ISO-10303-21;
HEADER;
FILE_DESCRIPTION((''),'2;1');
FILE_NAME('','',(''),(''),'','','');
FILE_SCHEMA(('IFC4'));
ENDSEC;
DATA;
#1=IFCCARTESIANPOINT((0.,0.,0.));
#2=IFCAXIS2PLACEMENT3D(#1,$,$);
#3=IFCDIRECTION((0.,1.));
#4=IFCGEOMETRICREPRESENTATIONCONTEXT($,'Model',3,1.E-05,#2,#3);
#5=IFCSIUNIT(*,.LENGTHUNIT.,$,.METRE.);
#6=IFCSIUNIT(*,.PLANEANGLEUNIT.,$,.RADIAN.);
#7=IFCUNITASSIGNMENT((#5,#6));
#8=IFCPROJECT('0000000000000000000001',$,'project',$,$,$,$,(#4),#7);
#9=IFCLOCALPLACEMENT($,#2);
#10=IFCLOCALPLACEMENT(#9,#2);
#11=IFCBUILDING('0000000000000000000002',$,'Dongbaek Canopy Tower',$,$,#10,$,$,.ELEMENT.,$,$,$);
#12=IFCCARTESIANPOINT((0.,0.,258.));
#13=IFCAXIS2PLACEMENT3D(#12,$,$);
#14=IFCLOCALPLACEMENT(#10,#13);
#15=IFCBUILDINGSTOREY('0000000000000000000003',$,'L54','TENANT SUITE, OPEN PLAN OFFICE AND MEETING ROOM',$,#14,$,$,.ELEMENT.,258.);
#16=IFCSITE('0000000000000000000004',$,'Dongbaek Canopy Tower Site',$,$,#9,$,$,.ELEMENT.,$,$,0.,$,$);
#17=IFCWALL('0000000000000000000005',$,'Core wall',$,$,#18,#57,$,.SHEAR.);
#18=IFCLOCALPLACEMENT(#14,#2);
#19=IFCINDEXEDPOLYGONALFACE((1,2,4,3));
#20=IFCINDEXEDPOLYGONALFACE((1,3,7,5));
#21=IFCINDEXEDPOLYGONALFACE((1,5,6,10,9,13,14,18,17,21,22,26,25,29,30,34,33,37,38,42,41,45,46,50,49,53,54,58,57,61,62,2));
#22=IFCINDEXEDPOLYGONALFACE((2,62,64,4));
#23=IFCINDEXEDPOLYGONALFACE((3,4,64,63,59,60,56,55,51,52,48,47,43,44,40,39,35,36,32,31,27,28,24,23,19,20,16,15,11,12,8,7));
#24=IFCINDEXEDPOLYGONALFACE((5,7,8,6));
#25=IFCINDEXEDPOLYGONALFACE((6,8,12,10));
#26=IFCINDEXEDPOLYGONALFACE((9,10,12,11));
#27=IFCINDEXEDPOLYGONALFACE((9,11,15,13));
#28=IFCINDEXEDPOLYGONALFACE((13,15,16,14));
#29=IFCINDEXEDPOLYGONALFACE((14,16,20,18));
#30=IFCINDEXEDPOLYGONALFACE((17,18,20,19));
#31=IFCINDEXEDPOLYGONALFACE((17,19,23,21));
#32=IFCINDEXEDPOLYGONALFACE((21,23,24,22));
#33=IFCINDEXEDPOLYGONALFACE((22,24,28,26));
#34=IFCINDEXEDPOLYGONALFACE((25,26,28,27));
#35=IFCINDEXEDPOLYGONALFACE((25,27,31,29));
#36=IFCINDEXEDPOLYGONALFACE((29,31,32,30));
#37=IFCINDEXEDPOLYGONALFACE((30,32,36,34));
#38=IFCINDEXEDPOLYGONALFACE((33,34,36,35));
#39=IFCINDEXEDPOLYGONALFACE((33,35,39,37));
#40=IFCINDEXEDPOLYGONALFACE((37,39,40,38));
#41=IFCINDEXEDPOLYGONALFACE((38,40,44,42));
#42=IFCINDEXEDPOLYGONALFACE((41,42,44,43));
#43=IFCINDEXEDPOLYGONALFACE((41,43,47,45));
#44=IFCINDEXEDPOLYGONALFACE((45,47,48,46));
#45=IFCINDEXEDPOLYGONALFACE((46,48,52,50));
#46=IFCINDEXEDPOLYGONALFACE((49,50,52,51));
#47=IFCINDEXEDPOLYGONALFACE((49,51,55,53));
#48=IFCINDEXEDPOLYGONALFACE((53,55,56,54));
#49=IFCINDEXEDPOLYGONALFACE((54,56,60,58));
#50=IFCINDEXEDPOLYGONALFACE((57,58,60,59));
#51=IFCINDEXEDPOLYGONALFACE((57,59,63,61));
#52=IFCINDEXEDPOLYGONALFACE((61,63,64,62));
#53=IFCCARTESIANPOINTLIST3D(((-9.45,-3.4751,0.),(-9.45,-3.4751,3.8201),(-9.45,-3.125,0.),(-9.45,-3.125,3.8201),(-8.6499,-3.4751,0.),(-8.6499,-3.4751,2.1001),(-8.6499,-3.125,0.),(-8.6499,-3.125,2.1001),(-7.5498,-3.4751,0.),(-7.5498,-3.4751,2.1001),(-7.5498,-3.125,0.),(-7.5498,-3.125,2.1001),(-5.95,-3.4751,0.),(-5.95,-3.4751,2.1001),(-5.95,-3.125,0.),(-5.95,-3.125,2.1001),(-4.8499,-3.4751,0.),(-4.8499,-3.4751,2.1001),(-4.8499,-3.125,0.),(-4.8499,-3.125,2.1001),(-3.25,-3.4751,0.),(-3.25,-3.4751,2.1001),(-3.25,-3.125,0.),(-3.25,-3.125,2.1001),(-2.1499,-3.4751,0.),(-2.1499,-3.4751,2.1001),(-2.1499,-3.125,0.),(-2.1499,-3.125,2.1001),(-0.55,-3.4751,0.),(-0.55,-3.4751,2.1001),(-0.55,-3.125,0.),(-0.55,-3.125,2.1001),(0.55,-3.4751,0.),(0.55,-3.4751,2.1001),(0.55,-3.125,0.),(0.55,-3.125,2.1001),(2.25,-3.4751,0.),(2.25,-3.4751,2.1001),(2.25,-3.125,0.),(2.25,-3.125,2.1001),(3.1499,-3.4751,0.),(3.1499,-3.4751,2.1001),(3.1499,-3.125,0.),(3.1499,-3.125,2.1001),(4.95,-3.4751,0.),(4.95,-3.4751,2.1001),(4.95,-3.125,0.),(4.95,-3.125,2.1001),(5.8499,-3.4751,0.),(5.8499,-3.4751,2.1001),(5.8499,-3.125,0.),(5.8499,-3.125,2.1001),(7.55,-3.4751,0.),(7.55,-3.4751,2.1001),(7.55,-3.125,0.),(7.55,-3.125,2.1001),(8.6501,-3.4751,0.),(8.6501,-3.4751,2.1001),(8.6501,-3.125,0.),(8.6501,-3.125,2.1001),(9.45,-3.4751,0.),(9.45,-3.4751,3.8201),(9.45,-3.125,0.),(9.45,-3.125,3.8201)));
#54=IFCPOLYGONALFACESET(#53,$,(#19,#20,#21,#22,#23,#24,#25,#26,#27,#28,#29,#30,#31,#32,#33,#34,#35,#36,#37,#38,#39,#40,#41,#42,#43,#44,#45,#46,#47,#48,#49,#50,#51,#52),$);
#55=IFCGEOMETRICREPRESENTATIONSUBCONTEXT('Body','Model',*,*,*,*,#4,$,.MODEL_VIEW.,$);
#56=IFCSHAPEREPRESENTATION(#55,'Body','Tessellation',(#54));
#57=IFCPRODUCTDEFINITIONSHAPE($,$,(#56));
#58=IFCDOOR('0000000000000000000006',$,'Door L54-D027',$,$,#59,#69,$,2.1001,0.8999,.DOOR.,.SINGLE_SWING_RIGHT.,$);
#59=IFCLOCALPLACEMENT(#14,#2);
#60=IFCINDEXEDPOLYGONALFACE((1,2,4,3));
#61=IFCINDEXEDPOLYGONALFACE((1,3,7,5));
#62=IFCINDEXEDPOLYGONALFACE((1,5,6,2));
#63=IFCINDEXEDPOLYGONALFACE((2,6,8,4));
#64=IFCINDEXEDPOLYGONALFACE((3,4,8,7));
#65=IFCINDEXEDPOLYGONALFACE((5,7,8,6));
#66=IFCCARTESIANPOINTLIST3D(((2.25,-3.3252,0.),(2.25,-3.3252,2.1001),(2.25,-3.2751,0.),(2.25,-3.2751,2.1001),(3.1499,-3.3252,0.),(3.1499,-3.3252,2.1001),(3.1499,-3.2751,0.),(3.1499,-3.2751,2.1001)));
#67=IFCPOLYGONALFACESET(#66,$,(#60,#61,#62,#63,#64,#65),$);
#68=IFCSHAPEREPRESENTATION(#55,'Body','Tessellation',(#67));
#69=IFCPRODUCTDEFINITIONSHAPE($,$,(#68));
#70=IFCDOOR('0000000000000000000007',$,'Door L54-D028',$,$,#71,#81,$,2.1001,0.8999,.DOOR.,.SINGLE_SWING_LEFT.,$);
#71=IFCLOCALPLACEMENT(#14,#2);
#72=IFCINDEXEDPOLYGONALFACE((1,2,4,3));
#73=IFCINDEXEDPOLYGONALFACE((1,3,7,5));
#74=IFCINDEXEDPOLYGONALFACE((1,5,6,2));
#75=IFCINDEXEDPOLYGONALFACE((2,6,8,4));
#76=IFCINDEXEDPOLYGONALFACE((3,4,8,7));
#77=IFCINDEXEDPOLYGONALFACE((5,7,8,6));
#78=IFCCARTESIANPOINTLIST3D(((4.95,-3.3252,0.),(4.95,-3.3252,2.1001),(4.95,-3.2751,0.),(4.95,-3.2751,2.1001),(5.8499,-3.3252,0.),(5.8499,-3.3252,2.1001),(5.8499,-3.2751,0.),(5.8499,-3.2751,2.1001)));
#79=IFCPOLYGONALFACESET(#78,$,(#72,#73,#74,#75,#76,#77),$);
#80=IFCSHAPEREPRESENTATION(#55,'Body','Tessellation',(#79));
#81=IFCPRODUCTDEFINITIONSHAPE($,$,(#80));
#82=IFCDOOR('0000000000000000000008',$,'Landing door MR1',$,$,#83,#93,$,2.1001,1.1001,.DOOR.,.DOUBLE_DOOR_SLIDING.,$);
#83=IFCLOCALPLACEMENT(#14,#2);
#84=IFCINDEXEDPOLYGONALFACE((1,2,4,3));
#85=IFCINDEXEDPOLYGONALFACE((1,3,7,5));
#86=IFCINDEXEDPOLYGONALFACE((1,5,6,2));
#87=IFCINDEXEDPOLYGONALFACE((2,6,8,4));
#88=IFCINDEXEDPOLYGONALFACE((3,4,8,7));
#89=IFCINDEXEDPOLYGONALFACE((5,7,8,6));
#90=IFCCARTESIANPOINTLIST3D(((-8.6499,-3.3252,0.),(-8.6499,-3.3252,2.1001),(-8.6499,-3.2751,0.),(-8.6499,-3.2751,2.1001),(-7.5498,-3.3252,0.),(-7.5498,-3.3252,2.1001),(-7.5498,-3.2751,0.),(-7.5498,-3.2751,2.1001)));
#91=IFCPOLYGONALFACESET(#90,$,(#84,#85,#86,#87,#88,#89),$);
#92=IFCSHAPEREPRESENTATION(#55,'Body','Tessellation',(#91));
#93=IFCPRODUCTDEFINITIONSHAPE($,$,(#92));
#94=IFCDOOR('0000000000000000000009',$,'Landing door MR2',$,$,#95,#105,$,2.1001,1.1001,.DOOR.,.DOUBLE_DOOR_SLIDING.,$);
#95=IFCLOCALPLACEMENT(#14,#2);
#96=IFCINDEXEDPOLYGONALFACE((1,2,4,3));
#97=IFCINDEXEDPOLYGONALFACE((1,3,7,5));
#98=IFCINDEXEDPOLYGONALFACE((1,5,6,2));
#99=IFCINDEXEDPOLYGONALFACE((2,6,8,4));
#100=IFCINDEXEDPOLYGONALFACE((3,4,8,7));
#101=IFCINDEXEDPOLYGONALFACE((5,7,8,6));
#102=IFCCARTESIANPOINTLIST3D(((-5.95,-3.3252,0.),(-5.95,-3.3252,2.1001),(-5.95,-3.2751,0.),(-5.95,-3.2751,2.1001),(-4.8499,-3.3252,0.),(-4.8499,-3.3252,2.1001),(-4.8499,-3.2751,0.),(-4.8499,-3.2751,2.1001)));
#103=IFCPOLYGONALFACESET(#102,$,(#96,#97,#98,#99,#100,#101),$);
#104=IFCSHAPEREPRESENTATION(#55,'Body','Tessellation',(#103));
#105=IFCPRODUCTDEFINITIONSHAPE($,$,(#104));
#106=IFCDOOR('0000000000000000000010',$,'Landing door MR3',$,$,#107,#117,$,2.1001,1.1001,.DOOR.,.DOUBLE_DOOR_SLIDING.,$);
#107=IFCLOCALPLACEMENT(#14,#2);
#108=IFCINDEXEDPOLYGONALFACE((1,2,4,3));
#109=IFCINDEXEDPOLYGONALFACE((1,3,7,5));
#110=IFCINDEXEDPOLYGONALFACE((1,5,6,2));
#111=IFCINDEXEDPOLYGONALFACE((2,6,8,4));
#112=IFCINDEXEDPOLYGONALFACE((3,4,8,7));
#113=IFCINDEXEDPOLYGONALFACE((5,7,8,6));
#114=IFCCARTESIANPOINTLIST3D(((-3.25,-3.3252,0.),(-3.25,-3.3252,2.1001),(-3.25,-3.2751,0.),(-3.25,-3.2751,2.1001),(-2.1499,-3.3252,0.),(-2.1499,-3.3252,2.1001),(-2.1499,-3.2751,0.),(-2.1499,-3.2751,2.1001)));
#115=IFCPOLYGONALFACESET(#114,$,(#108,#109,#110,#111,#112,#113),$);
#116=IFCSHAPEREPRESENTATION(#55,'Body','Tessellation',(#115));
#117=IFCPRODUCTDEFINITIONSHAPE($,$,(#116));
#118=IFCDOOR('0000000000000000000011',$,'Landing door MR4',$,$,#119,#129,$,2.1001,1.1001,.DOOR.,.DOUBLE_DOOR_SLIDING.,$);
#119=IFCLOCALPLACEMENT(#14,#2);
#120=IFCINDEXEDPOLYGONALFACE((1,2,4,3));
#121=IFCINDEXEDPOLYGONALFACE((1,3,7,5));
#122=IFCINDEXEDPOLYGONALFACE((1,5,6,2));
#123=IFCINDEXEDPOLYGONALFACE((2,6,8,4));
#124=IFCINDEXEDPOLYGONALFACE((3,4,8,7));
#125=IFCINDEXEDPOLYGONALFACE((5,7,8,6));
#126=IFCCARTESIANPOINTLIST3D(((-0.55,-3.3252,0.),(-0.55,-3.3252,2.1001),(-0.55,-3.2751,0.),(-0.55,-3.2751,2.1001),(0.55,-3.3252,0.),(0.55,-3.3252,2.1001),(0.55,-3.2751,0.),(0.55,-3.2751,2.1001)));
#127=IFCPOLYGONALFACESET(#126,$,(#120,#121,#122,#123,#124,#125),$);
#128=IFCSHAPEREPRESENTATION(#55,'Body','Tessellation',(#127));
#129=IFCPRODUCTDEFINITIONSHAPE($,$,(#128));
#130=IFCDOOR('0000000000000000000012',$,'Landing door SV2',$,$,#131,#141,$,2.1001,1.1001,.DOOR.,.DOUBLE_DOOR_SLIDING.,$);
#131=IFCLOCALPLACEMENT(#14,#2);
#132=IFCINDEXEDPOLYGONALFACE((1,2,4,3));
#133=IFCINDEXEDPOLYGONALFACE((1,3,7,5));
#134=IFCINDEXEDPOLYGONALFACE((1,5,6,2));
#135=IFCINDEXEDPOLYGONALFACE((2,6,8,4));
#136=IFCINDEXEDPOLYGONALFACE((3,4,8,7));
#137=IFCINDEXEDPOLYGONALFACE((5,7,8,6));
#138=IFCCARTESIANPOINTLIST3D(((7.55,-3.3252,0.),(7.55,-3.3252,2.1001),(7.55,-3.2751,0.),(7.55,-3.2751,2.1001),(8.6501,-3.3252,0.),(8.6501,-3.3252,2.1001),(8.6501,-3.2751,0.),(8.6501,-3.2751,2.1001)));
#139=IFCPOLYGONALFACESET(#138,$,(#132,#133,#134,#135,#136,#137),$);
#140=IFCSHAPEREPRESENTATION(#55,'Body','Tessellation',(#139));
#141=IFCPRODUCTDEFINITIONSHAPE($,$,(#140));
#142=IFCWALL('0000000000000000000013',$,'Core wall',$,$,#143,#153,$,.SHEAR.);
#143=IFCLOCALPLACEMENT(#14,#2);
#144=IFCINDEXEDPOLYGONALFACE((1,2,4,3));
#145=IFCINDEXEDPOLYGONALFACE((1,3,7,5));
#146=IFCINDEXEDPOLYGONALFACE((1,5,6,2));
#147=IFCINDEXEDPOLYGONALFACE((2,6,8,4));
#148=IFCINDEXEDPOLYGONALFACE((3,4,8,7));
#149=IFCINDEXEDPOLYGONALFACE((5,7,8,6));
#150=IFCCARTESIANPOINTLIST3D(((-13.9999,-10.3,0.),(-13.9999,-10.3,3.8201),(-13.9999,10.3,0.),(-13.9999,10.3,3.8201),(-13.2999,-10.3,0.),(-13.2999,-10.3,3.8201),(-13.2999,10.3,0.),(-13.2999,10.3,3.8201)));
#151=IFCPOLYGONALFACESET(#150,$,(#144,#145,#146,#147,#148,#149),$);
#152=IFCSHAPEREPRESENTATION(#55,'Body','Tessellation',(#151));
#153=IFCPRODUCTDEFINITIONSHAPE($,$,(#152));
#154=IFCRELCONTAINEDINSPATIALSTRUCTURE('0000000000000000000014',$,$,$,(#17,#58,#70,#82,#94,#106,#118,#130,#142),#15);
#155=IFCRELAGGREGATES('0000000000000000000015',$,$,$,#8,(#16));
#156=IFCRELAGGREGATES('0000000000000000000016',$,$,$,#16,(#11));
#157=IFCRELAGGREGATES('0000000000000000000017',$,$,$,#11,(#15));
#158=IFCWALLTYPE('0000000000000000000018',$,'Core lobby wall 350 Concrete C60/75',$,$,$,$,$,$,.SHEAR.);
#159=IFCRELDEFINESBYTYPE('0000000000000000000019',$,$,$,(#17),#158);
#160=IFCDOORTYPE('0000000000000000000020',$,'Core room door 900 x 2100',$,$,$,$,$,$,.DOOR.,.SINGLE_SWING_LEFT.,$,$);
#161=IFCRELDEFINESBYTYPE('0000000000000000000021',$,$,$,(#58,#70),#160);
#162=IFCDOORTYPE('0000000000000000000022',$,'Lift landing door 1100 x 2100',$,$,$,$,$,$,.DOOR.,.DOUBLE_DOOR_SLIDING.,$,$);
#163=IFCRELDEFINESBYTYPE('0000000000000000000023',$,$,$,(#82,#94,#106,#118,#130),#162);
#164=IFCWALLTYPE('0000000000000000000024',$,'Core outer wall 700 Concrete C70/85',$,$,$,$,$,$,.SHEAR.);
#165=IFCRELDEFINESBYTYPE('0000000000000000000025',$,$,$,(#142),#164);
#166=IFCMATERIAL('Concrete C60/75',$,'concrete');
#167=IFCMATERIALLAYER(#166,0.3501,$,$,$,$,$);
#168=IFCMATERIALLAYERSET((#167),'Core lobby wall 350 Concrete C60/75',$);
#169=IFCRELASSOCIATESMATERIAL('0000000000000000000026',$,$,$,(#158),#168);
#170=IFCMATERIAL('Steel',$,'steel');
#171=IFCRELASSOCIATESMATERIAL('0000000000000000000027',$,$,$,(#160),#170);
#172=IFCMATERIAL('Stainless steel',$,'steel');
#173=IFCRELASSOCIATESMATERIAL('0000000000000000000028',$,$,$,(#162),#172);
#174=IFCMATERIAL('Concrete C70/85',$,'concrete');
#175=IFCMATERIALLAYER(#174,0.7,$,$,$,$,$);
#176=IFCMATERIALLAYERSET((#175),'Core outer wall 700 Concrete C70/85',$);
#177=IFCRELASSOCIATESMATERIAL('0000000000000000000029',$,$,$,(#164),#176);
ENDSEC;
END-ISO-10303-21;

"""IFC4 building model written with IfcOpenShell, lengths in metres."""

from ifc_helpers import new_model, si_unit, direction, frame, frame_2d, origin, place, context, subcontext, project, spatial, rectangle, extrude, material, layer, layer_set, type_object, element, fill, save


model = new_model("IFC4")

# Units and contexts
model_context = context("Model", 3, precision=1e-05, world=origin(), true_north=direction((0.0, 1.0)))
body_context = subcontext(model_context, "Body", "Model", "MODEL_VIEW")
ifc_project = project(units=[si_unit("LENGTHUNIT", "METRE"), si_unit("PLANEANGLEUNIT", "RADIAN")], contexts=[model_context])

# Site, building, storey
site_placement = place(None, origin())
site = spatial("IfcSite", under=ifc_project, at=site_placement, Name="Dongbaek Canopy Tower Site", CompositionType="ELEMENT", RefElevation=0.0)
building_placement = place(site_placement, origin())
building = spatial("IfcBuilding", under=site, at=building_placement, Name="Dongbaek Canopy Tower", CompositionType="ELEMENT")
storey_placement = place(building_placement, frame((0.0, 0.0, 258.0)))
storey = spatial("IfcBuildingStorey", under=building, at=storey_placement, Name="L54", Description="TENANT SUITE, OPEN PLAN OFFICE AND MEETING ROOM", CompositionType="ELEMENT", Elevation=258.0)

# Wall, openings, doors
ifc_material_1 = material(Name="Concrete C60/75", Category="concrete")
ifc_layer_1 = layer(ifc_material_1, 0.3501)
ifc_layer_set_1 = layer_set([ifc_layer_1], Name="Core lobby wall 350 Concrete C60/75")
wall_type_1 = type_object("IfcWallType", Name="Core lobby wall 350 Concrete C60/75", PredefinedType="SHEAR", material=ifc_layer_set_1)
wall_1_placement = place(storey_placement, frame((-9.45, -3.3, 0.0), z_axis=(0.0, 0.0, 1.0), x_axis=(1.0, 0.0, 0.0)))
wall_1 = element("IfcWall", 1, at=wall_1_placement, inside=storey, type_object=wall_type_1, Name="Core wall", PredefinedType="SHEAR", context=body_context, shape_type="SweptSolid", body=[
    extrude(rectangle(XDim=18.8999, YDim=0.3501, at=frame_2d((9.45, 0.0))), origin(), (0.0, 0.0, 1.0), 3.8201),
])
opening_1_placement = place(wall_1_placement, frame((0.8, 0.0, 0.0)))
opening_1 = element("IfcOpeningElement", 2, at=opening_1_placement, cuts=wall_1, PredefinedType="OPENING", context=body_context, shape_type="SweptSolid", body=[
    extrude(rectangle(XDim=1.1001, YDim=2.1001, at=frame_2d((0.55, 1.05))), frame((0.0, 0.1851, 0.0), z_axis=(0.0, -1.0, 0.0), x_axis=(1.0, 0.0, 0.0)), (0.0, 0.0, 1.0), 0.3701),
])
opening_2_placement = place(wall_1_placement, frame((3.5, 0.0, 0.0)))
opening_2 = element("IfcOpeningElement", 3, at=opening_2_placement, cuts=wall_1, PredefinedType="OPENING", context=body_context, shape_type="SweptSolid", body=[
    extrude(rectangle(XDim=1.1001, YDim=2.1001, at=frame_2d((0.55, 1.05))), frame((0.0, 0.1851, 0.0), z_axis=(0.0, -1.0, 0.0), x_axis=(1.0, 0.0, 0.0)), (0.0, 0.0, 1.0), 0.3701),
])
opening_3_placement = place(wall_1_placement, frame((6.2, 0.0, 0.0)))
opening_3 = element("IfcOpeningElement", 4, at=opening_3_placement, cuts=wall_1, PredefinedType="OPENING", context=body_context, shape_type="SweptSolid", body=[
    extrude(rectangle(XDim=1.1001, YDim=2.1001, at=frame_2d((0.55, 1.05))), frame((0.0, 0.1851, 0.0), z_axis=(0.0, -1.0, 0.0), x_axis=(1.0, 0.0, 0.0)), (0.0, 0.0, 1.0), 0.3701),
])
opening_4_placement = place(wall_1_placement, frame((8.8999, 0.0, 0.0)))
opening_4 = element("IfcOpeningElement", 5, at=opening_4_placement, cuts=wall_1, PredefinedType="OPENING", context=body_context, shape_type="SweptSolid", body=[
    extrude(rectangle(XDim=1.1001, YDim=2.1001, at=frame_2d((0.55, 1.05))), frame((0.0, 0.1851, 0.0), z_axis=(0.0, -1.0, 0.0), x_axis=(1.0, 0.0, 0.0)), (0.0, 0.0, 1.0), 0.3701),
])
opening_5_placement = place(wall_1_placement, frame((17.0, 0.0, 0.0)))
opening_5 = element("IfcOpeningElement", 6, at=opening_5_placement, cuts=wall_1, PredefinedType="OPENING", context=body_context, shape_type="SweptSolid", body=[
    extrude(rectangle(XDim=1.1001, YDim=2.1001, at=frame_2d((0.55, 1.05))), frame((0.0, 0.1851, 0.0), z_axis=(0.0, -1.0, 0.0), x_axis=(1.0, 0.0, 0.0)), (0.0, 0.0, 1.0), 0.3701),
])
opening_6_placement = place(wall_1_placement, frame((11.7, 0.0, 0.0)))
opening_6 = element("IfcOpeningElement", 7, at=opening_6_placement, cuts=wall_1, PredefinedType="OPENING", context=body_context, shape_type="SweptSolid", body=[
    extrude(rectangle(XDim=0.8999, YDim=2.1001, at=frame_2d((0.45, 1.05))), frame((0.0, 0.1851, 0.0), z_axis=(0.0, -1.0, 0.0), x_axis=(1.0, 0.0, 0.0)), (0.0, 0.0, 1.0), 0.3701),
])
opening_7_placement = place(wall_1_placement, frame((14.3999, 0.0, 0.0)))
opening_7 = element("IfcOpeningElement", 8, at=opening_7_placement, cuts=wall_1, PredefinedType="OPENING", context=body_context, shape_type="SweptSolid", body=[
    extrude(rectangle(XDim=0.8999, YDim=2.1001, at=frame_2d((0.45, 1.05))), frame((0.0, 0.1851, 0.0), z_axis=(0.0, -1.0, 0.0), x_axis=(1.0, 0.0, 0.0)), (0.0, 0.0, 1.0), 0.3701),
])
ifc_material_2 = material(Name="Steel", Category="steel")
door_type_1 = type_object("IfcDoorType", Name="Core room door 900 x 2100", OperationType="SINGLE_SWING_LEFT", PredefinedType="DOOR", material=ifc_material_2)
door_1_placement = place(opening_6_placement, origin())
door_1 = element("IfcDoor", 9, at=door_1_placement, inside=storey, type_object=door_type_1, Name="Door L54-D027", OperationType="SINGLE_SWING_RIGHT", OverallHeight=2.1001, OverallWidth=0.8999, PredefinedType="DOOR", context=body_context, shape_type="SweptSolid", body=[
    extrude(rectangle(XDim=0.8999, YDim=2.1001, at=frame_2d((0.45, 1.05))), frame((0.0, 0.0249, 0.0), z_axis=(0.0, -1.0, 0.0), x_axis=(1.0, 0.0, 0.0)), (0.0, 0.0, 1.0), 0.05),
])
fill(opening_6, door_1)
door_2_placement = place(opening_7_placement, origin())
door_2 = element("IfcDoor", 10, at=door_2_placement, inside=storey, type_object=door_type_1, Name="Door L54-D028", OperationType="SINGLE_SWING_LEFT", OverallHeight=2.1001, OverallWidth=0.8999, PredefinedType="DOOR", context=body_context, shape_type="SweptSolid", body=[
    extrude(rectangle(XDim=0.8999, YDim=2.1001, at=frame_2d((0.45, 1.05))), frame((0.0, 0.0249, 0.0), z_axis=(0.0, -1.0, 0.0), x_axis=(1.0, 0.0, 0.0)), (0.0, 0.0, 1.0), 0.05),
])
fill(opening_7, door_2)
ifc_material_3 = material(Name="Stainless steel", Category="steel")
door_type_2 = type_object("IfcDoorType", Name="Lift landing door 1100 x 2100", OperationType="DOUBLE_DOOR_SLIDING", PredefinedType="DOOR", material=ifc_material_3)
door_3_placement = place(opening_1_placement, origin())
door_3 = element("IfcDoor", 11, at=door_3_placement, inside=storey, type_object=door_type_2, Name="Landing door MR1", OperationType="DOUBLE_DOOR_SLIDING", OverallHeight=2.1001, OverallWidth=1.1001, PredefinedType="DOOR", context=body_context, shape_type="SweptSolid", body=[
    extrude(rectangle(XDim=1.1001, YDim=2.1001, at=frame_2d((0.55, 1.05))), frame((0.0, 0.0249, 0.0), z_axis=(0.0, -1.0, 0.0), x_axis=(1.0, 0.0, 0.0)), (0.0, 0.0, 1.0), 0.05),
])
fill(opening_1, door_3)
door_4_placement = place(opening_2_placement, origin())
door_4 = element("IfcDoor", 12, at=door_4_placement, inside=storey, type_object=door_type_2, Name="Landing door MR2", OperationType="DOUBLE_DOOR_SLIDING", OverallHeight=2.1001, OverallWidth=1.1001, PredefinedType="DOOR", context=body_context, shape_type="SweptSolid", body=[
    extrude(rectangle(XDim=1.1001, YDim=2.1001, at=frame_2d((0.55, 1.05))), frame((0.0, 0.0249, 0.0), z_axis=(0.0, -1.0, 0.0), x_axis=(1.0, 0.0, 0.0)), (0.0, 0.0, 1.0), 0.05),
])
fill(opening_2, door_4)
door_5_placement = place(opening_3_placement, origin())
door_5 = element("IfcDoor", 13, at=door_5_placement, inside=storey, type_object=door_type_2, Name="Landing door MR3", OperationType="DOUBLE_DOOR_SLIDING", OverallHeight=2.1001, OverallWidth=1.1001, PredefinedType="DOOR", context=body_context, shape_type="SweptSolid", body=[
    extrude(rectangle(XDim=1.1001, YDim=2.1001, at=frame_2d((0.55, 1.05))), frame((0.0, 0.0249, 0.0), z_axis=(0.0, -1.0, 0.0), x_axis=(1.0, 0.0, 0.0)), (0.0, 0.0, 1.0), 0.05),
])
fill(opening_3, door_5)
door_6_placement = place(opening_4_placement, origin())
door_6 = element("IfcDoor", 14, at=door_6_placement, inside=storey, type_object=door_type_2, Name="Landing door MR4", OperationType="DOUBLE_DOOR_SLIDING", OverallHeight=2.1001, OverallWidth=1.1001, PredefinedType="DOOR", context=body_context, shape_type="SweptSolid", body=[
    extrude(rectangle(XDim=1.1001, YDim=2.1001, at=frame_2d((0.55, 1.05))), frame((0.0, 0.0249, 0.0), z_axis=(0.0, -1.0, 0.0), x_axis=(1.0, 0.0, 0.0)), (0.0, 0.0, 1.0), 0.05),
])
fill(opening_4, door_6)
door_7_placement = place(opening_5_placement, origin())
door_7 = element("IfcDoor", 15, at=door_7_placement, inside=storey, type_object=door_type_2, Name="Landing door SV2", OperationType="DOUBLE_DOOR_SLIDING", OverallHeight=2.1001, OverallWidth=1.1001, PredefinedType="DOOR", context=body_context, shape_type="SweptSolid", body=[
    extrude(rectangle(XDim=1.1001, YDim=2.1001, at=frame_2d((0.55, 1.05))), frame((0.0, 0.0249, 0.0), z_axis=(0.0, -1.0, 0.0), x_axis=(1.0, 0.0, 0.0)), (0.0, 0.0, 1.0), 0.05),
])
fill(opening_5, door_7)

# Wall
ifc_material_4 = material(Name="Concrete C70/85", Category="concrete")
ifc_layer_2 = layer(ifc_material_4, 0.7)
ifc_layer_set_2 = layer_set([ifc_layer_2], Name="Core outer wall 700 Concrete C70/85")
wall_type_2 = type_object("IfcWallType", Name="Core outer wall 700 Concrete C70/85", PredefinedType="SHEAR", material=ifc_layer_set_2)
wall_2_placement = place(storey_placement, frame((-13.6499, -10.3, 0.0), z_axis=(0.0, 0.0, 1.0), x_axis=(0.0, 1.0, 0.0)))
element("IfcWall", 16, at=wall_2_placement, inside=storey, type_object=wall_type_2, Name="Core wall", PredefinedType="SHEAR", context=body_context, shape_type="SweptSolid", body=[
    extrude(rectangle(XDim=20.6001, YDim=0.7, at=frame_2d((10.3, 0.0))), origin(), (0.0, 0.0, 1.0), 3.8201),
])

save(model, "model.ifc")
